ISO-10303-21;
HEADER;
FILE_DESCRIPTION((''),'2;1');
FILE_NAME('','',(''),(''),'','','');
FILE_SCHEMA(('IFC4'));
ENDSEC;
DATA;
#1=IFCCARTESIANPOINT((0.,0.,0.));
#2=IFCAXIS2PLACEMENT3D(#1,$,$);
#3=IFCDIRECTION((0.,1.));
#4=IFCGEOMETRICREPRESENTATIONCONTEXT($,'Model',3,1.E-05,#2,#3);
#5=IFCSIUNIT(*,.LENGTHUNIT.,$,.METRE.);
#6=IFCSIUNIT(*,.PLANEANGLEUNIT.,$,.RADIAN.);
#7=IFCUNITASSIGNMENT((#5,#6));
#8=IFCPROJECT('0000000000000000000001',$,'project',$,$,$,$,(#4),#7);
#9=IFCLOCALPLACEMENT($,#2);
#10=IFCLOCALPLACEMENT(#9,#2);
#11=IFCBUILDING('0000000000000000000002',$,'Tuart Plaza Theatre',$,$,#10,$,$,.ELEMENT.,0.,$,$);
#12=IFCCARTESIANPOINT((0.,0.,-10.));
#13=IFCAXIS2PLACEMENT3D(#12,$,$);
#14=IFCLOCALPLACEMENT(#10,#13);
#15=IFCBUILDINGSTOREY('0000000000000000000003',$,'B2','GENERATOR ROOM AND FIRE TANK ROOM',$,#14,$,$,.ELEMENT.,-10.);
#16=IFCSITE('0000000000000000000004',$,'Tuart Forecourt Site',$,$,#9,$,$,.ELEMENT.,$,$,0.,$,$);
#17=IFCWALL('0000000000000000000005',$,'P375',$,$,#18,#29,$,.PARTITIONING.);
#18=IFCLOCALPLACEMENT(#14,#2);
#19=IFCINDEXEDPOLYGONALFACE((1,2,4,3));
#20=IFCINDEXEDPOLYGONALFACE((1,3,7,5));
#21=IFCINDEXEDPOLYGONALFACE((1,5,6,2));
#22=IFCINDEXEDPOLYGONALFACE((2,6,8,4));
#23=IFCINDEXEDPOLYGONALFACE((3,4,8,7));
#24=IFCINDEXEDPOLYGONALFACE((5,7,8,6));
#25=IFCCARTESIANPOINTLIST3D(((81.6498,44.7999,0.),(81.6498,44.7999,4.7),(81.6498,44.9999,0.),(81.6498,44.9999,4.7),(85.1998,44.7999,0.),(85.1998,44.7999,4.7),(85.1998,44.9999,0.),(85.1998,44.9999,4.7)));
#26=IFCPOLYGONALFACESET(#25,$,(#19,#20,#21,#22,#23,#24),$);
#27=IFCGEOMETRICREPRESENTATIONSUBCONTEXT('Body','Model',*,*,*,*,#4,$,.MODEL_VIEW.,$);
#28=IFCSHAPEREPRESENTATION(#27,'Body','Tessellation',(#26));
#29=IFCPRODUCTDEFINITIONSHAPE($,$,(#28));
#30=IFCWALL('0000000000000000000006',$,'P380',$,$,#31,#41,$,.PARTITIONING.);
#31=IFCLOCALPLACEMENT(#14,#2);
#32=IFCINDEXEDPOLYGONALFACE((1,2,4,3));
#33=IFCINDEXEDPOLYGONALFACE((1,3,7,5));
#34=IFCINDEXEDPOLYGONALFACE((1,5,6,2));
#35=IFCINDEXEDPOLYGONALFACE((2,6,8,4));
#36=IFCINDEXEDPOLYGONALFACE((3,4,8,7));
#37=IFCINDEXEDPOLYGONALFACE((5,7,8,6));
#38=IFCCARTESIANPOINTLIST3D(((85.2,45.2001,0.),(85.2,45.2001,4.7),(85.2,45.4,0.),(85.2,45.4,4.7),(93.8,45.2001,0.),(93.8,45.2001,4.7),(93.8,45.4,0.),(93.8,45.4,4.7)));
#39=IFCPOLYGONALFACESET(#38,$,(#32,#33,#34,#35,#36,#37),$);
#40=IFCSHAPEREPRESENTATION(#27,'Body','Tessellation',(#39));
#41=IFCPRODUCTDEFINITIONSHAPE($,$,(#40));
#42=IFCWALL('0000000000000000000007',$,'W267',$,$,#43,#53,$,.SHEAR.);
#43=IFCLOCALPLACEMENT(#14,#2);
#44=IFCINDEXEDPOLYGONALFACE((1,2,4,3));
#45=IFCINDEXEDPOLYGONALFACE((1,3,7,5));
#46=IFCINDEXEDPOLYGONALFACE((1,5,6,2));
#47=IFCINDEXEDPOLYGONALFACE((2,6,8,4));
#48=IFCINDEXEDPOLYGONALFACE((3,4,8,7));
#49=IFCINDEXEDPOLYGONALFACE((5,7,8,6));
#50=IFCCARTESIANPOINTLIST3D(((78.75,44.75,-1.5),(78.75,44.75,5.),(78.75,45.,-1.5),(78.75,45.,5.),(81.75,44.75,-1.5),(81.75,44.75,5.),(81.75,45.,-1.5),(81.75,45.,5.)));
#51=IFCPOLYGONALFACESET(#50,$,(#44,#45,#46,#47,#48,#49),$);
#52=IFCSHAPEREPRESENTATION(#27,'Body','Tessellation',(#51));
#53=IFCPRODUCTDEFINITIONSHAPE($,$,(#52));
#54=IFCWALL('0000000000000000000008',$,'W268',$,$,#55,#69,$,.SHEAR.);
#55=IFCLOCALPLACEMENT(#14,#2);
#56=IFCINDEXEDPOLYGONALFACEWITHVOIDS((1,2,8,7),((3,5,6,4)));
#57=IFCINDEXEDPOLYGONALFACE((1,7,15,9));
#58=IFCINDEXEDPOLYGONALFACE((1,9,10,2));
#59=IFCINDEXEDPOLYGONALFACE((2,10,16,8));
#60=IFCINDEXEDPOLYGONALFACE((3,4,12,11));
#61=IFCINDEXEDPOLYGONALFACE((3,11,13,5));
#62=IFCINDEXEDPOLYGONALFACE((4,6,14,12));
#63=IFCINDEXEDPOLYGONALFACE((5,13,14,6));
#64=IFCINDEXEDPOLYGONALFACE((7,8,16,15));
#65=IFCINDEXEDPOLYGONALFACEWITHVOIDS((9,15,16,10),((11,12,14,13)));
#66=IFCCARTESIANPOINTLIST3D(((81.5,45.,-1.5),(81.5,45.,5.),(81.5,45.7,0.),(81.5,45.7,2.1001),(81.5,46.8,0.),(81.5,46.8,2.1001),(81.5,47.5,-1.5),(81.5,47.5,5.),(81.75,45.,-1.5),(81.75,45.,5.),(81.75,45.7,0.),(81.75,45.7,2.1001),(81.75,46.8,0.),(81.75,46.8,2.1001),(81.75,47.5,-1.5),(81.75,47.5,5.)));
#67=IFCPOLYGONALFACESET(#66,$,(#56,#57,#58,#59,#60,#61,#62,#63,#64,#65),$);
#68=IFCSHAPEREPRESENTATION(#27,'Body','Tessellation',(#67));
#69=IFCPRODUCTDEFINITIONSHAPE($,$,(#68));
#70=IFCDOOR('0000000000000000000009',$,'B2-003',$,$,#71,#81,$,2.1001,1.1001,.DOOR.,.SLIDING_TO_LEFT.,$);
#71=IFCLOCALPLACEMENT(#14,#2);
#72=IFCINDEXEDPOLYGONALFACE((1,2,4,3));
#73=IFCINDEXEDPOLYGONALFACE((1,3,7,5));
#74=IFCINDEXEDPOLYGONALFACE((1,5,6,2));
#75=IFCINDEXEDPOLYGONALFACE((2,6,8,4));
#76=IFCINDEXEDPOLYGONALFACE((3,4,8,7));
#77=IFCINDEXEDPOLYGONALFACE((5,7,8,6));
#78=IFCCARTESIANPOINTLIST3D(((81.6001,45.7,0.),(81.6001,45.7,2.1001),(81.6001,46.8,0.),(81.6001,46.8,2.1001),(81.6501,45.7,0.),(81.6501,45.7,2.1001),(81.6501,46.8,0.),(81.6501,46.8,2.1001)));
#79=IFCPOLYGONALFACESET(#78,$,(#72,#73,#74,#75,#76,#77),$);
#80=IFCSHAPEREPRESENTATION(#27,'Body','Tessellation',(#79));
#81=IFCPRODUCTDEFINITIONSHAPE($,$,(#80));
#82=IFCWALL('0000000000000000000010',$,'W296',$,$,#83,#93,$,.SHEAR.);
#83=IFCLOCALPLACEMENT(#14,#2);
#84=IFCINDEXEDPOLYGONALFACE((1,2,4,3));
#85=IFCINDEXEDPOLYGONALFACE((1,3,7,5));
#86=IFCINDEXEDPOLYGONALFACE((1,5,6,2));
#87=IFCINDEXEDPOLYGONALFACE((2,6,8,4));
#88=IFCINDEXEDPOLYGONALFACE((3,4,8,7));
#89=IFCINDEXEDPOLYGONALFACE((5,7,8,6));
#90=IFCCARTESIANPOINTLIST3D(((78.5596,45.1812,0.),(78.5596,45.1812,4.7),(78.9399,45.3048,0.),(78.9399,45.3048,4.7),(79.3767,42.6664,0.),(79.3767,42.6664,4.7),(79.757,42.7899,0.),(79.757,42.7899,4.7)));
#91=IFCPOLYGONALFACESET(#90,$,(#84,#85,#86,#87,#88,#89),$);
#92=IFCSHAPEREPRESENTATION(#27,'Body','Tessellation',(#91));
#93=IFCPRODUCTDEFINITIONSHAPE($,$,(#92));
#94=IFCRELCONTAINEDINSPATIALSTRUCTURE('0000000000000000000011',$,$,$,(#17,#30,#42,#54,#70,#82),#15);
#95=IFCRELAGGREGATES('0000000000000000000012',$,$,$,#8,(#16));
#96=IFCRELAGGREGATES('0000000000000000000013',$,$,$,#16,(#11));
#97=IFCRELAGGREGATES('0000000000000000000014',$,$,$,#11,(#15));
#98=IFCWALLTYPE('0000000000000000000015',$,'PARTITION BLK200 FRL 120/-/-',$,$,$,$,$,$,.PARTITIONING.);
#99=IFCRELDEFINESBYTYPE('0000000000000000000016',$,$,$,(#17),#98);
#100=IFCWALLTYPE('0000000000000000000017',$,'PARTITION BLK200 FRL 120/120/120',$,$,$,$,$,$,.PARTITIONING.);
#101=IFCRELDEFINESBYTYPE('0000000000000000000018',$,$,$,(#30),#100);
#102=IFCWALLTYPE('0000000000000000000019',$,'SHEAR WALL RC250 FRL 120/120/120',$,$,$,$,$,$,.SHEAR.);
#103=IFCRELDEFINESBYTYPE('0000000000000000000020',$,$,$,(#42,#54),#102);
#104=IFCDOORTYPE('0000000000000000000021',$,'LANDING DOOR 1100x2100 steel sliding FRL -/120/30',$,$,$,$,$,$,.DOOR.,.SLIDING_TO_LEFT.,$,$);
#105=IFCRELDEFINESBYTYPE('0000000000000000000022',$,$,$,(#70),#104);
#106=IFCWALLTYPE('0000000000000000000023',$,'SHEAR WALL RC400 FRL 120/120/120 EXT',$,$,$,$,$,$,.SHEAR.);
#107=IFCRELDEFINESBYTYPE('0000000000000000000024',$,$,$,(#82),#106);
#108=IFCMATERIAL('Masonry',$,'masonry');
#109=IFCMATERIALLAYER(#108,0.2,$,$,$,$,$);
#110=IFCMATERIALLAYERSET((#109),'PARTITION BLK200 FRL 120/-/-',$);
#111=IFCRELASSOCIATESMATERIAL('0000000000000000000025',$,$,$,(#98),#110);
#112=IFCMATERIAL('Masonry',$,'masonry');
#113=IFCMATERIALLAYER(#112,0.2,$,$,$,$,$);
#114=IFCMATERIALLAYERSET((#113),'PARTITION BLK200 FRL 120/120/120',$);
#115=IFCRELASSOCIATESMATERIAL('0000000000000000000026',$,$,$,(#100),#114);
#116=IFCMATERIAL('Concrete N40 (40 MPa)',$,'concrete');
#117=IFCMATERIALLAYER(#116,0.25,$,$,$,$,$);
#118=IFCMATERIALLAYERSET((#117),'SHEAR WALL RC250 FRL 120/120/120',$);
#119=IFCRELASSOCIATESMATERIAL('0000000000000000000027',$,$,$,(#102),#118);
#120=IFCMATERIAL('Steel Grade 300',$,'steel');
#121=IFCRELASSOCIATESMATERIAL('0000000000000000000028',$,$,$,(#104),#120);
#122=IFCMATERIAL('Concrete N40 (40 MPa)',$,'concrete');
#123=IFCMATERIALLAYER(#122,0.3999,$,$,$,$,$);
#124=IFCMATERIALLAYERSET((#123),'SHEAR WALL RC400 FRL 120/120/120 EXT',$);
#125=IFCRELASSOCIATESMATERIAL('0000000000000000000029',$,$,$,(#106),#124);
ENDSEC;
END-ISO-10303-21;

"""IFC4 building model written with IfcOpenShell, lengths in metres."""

from ifc_helpers import new_model, si_unit, direction, frame, frame_2d, origin, place, context, subcontext, project, spatial, rectangle, extrude, material, layer, layer_set, type_object, element, fill, save


model = new_model("IFC4")

# Units and contexts
model_context = context("Model", 3, precision=1e-05, world=origin(), true_north=direction((0.0, 1.0)))
body_context = subcontext(model_context, "Body", "Model", "MODEL_VIEW")
ifc_project = project(units=[si_unit("LENGTHUNIT", "METRE"), si_unit("PLANEANGLEUNIT", "RADIAN")], contexts=[model_context])

# Site, building, storey
site_placement = place(None, origin())
site = spatial("IfcSite", under=ifc_project, at=site_placement, Name="Tuart Forecourt Site", CompositionType="ELEMENT", RefElevation=0.0)
building_placement = place(site_placement, origin())
building = spatial("IfcBuilding", under=site, at=building_placement, Name="Tuart Plaza Theatre", CompositionType="ELEMENT", ElevationOfRefHeight=0.0)
storey_placement = place(building_placement, frame((0.0, 0.0, -10.0)))
storey = spatial("IfcBuildingStorey", under=building, at=storey_placement, Name="B2", Description="GENERATOR ROOM AND FIRE TANK ROOM", CompositionType="ELEMENT", Elevation=-10.0)

# Walls
ifc_material_1 = material(Name="Masonry", Category="masonry")
ifc_layer_1 = layer(ifc_material_1, 0.2)
ifc_layer_set_1 = layer_set([ifc_layer_1], Name="PARTITION BLK200 FRL 120/-/-")
wall_type_1 = type_object("IfcWallType", Name="PARTITION BLK200 FRL 120/-/-", PredefinedType="PARTITIONING", material=ifc_layer_set_1)
wall_1_placement = place(storey_placement, frame((81.6499, 44.8999, 0.0), z_axis=(0.0, 0.0, 1.0), x_axis=(1.0, 0.0, 0.0)))
element("IfcWall", 1, at=wall_1_placement, inside=storey, type_object=wall_type_1, Name="P375", PredefinedType="PARTITIONING", context=body_context, shape_type="SweptSolid", body=[
    extrude(rectangle(XDim=3.55, YDim=0.2, at=frame_2d((1.7749, 0.0))), origin(), (0.0, 0.0, 1.0), 4.7),
])
ifc_material_2 = material(Name="Masonry", Category="masonry")
ifc_layer_2 = layer(ifc_material_2, 0.2)
ifc_layer_set_2 = layer_set([ifc_layer_2], Name="PARTITION BLK200 FRL 120/120/120")
wall_type_2 = type_object("IfcWallType", Name="PARTITION BLK200 FRL 120/120/120", PredefinedType="PARTITIONING", material=ifc_layer_set_2)
wall_2_placement = place(storey_placement, frame((85.2, 45.3, 0.0), z_axis=(0.0, 0.0, 1.0), x_axis=(1.0, 0.0, 0.0)))
element("IfcWall", 2, at=wall_2_placement, inside=storey, type_object=wall_type_2, Name="P380", PredefinedType="PARTITIONING", context=body_context, shape_type="SweptSolid", body=[
    extrude(rectangle(XDim=8.6001, YDim=0.2, at=frame_2d((4.3, 0.0))), origin(), (0.0, 0.0, 1.0), 4.7),
])
ifc_material_3 = material(Name="Concrete N40 (40 MPa)", Category="concrete")
ifc_layer_3 = layer(ifc_material_3, 0.25)
ifc_layer_set_3 = layer_set([ifc_layer_3], Name="SHEAR WALL RC250 FRL 120/120/120")
wall_type_3 = type_object("IfcWallType", Name="SHEAR WALL RC250 FRL 120/120/120", PredefinedType="SHEAR", material=ifc_layer_set_3)
wall_3_placement = place(storey_placement, frame((78.75, 44.875, -1.5), z_axis=(0.0, 0.0, 1.0), x_axis=(1.0, 0.0, 0.0)))
element("IfcWall", 3, at=wall_3_placement, inside=storey, type_object=wall_type_3, Name="W267", PredefinedType="SHEAR", context=body_context, shape_type="SweptSolid", body=[
    extrude(rectangle(XDim=3.0, YDim=0.25, at=frame_2d((1.5, 0.0))), origin(), (0.0, 0.0, 1.0), 6.5),
])

# Wall, opening, door
wall_4_placement = place(storey_placement, frame((81.625, 45.0, -1.5), z_axis=(0.0, 0.0, 1.0), x_axis=(0.0, 1.0, 0.0)))
wall_4 = element("IfcWall", 4, at=wall_4_placement, inside=storey, type_object=wall_type_3, Name="W268", PredefinedType="SHEAR", context=body_context, shape_type="SweptSolid", body=[
    extrude(rectangle(XDim=2.5, YDim=0.25, at=frame_2d((1.25, 0.0))), origin(), (0.0, 0.0, 1.0), 6.5),
])
opening_placement = place(wall_4_placement, frame((0.7, 0.0, 1.5)))
opening = element("IfcOpeningElement", 5, at=opening_placement, cuts=wall_4, PredefinedType="OPENING", context=body_context, shape_type="SweptSolid", body=[
    extrude(rectangle(XDim=1.1001, YDim=2.1001, at=frame_2d((0.55, 1.05))), frame((0.0, 0.135, 0.0), z_axis=(0.0, -1.0, 0.0), x_axis=(1.0, 0.0, 0.0)), (0.0, 0.0, 1.0), 0.27),
])
ifc_material_4 = material(Name="Steel Grade 300", Category="steel")
door_type = type_object("IfcDoorType", Name="LANDING DOOR 1100x2100 steel sliding FRL -/120/30", OperationType="SLIDING_TO_LEFT", PredefinedType="DOOR", material=ifc_material_4)
door_placement = place(opening_placement, origin())
door = element("IfcDoor", 6, at=door_placement, inside=storey, type_object=door_type, Name="B2-003", OperationType="SLIDING_TO_LEFT", OverallHeight=2.1001, OverallWidth=1.1001, PredefinedType="DOOR", context=body_context, shape_type="SweptSolid", body=[
    extrude(rectangle(XDim=1.1001, YDim=2.1001, at=frame_2d((0.55, 1.05))), frame((0.0, 0.0249, 0.0), z_axis=(0.0, -1.0, 0.0), x_axis=(1.0, 0.0, 0.0)), (0.0, 0.0, 1.0), 0.05),
])
fill(opening, door)

# Wall
ifc_material_5 = material(Name="Concrete N40 (40 MPa)", Category="concrete")
ifc_layer_4 = layer(ifc_material_5, 0.3999)
ifc_layer_set_4 = layer_set([ifc_layer_4], Name="SHEAR WALL RC400 FRL 120/120/120 EXT")
wall_type_4 = type_object("IfcWallType", Name="SHEAR WALL RC400 FRL 120/120/120 EXT", PredefinedType="SHEAR", material=ifc_layer_set_4)
wall_5_placement = place(storey_placement, frame((79.5669, 42.728, 0.0), z_axis=(0.0, 0.0, 1.0), x_axis=(-0.309017, 0.951056, 0.0)))
element("IfcWall", 7, at=wall_5_placement, inside=storey, type_object=wall_type_4, Name="W296", PredefinedType="SHEAR", context=body_context, shape_type="SweptSolid", body=[
    extrude(rectangle(XDim=2.6443, YDim=0.3999, at=frame_2d((1.3223, 0.0))), origin(), (0.0, 0.0, 1.0), 4.7),
])

save(model, "model.ifc")
